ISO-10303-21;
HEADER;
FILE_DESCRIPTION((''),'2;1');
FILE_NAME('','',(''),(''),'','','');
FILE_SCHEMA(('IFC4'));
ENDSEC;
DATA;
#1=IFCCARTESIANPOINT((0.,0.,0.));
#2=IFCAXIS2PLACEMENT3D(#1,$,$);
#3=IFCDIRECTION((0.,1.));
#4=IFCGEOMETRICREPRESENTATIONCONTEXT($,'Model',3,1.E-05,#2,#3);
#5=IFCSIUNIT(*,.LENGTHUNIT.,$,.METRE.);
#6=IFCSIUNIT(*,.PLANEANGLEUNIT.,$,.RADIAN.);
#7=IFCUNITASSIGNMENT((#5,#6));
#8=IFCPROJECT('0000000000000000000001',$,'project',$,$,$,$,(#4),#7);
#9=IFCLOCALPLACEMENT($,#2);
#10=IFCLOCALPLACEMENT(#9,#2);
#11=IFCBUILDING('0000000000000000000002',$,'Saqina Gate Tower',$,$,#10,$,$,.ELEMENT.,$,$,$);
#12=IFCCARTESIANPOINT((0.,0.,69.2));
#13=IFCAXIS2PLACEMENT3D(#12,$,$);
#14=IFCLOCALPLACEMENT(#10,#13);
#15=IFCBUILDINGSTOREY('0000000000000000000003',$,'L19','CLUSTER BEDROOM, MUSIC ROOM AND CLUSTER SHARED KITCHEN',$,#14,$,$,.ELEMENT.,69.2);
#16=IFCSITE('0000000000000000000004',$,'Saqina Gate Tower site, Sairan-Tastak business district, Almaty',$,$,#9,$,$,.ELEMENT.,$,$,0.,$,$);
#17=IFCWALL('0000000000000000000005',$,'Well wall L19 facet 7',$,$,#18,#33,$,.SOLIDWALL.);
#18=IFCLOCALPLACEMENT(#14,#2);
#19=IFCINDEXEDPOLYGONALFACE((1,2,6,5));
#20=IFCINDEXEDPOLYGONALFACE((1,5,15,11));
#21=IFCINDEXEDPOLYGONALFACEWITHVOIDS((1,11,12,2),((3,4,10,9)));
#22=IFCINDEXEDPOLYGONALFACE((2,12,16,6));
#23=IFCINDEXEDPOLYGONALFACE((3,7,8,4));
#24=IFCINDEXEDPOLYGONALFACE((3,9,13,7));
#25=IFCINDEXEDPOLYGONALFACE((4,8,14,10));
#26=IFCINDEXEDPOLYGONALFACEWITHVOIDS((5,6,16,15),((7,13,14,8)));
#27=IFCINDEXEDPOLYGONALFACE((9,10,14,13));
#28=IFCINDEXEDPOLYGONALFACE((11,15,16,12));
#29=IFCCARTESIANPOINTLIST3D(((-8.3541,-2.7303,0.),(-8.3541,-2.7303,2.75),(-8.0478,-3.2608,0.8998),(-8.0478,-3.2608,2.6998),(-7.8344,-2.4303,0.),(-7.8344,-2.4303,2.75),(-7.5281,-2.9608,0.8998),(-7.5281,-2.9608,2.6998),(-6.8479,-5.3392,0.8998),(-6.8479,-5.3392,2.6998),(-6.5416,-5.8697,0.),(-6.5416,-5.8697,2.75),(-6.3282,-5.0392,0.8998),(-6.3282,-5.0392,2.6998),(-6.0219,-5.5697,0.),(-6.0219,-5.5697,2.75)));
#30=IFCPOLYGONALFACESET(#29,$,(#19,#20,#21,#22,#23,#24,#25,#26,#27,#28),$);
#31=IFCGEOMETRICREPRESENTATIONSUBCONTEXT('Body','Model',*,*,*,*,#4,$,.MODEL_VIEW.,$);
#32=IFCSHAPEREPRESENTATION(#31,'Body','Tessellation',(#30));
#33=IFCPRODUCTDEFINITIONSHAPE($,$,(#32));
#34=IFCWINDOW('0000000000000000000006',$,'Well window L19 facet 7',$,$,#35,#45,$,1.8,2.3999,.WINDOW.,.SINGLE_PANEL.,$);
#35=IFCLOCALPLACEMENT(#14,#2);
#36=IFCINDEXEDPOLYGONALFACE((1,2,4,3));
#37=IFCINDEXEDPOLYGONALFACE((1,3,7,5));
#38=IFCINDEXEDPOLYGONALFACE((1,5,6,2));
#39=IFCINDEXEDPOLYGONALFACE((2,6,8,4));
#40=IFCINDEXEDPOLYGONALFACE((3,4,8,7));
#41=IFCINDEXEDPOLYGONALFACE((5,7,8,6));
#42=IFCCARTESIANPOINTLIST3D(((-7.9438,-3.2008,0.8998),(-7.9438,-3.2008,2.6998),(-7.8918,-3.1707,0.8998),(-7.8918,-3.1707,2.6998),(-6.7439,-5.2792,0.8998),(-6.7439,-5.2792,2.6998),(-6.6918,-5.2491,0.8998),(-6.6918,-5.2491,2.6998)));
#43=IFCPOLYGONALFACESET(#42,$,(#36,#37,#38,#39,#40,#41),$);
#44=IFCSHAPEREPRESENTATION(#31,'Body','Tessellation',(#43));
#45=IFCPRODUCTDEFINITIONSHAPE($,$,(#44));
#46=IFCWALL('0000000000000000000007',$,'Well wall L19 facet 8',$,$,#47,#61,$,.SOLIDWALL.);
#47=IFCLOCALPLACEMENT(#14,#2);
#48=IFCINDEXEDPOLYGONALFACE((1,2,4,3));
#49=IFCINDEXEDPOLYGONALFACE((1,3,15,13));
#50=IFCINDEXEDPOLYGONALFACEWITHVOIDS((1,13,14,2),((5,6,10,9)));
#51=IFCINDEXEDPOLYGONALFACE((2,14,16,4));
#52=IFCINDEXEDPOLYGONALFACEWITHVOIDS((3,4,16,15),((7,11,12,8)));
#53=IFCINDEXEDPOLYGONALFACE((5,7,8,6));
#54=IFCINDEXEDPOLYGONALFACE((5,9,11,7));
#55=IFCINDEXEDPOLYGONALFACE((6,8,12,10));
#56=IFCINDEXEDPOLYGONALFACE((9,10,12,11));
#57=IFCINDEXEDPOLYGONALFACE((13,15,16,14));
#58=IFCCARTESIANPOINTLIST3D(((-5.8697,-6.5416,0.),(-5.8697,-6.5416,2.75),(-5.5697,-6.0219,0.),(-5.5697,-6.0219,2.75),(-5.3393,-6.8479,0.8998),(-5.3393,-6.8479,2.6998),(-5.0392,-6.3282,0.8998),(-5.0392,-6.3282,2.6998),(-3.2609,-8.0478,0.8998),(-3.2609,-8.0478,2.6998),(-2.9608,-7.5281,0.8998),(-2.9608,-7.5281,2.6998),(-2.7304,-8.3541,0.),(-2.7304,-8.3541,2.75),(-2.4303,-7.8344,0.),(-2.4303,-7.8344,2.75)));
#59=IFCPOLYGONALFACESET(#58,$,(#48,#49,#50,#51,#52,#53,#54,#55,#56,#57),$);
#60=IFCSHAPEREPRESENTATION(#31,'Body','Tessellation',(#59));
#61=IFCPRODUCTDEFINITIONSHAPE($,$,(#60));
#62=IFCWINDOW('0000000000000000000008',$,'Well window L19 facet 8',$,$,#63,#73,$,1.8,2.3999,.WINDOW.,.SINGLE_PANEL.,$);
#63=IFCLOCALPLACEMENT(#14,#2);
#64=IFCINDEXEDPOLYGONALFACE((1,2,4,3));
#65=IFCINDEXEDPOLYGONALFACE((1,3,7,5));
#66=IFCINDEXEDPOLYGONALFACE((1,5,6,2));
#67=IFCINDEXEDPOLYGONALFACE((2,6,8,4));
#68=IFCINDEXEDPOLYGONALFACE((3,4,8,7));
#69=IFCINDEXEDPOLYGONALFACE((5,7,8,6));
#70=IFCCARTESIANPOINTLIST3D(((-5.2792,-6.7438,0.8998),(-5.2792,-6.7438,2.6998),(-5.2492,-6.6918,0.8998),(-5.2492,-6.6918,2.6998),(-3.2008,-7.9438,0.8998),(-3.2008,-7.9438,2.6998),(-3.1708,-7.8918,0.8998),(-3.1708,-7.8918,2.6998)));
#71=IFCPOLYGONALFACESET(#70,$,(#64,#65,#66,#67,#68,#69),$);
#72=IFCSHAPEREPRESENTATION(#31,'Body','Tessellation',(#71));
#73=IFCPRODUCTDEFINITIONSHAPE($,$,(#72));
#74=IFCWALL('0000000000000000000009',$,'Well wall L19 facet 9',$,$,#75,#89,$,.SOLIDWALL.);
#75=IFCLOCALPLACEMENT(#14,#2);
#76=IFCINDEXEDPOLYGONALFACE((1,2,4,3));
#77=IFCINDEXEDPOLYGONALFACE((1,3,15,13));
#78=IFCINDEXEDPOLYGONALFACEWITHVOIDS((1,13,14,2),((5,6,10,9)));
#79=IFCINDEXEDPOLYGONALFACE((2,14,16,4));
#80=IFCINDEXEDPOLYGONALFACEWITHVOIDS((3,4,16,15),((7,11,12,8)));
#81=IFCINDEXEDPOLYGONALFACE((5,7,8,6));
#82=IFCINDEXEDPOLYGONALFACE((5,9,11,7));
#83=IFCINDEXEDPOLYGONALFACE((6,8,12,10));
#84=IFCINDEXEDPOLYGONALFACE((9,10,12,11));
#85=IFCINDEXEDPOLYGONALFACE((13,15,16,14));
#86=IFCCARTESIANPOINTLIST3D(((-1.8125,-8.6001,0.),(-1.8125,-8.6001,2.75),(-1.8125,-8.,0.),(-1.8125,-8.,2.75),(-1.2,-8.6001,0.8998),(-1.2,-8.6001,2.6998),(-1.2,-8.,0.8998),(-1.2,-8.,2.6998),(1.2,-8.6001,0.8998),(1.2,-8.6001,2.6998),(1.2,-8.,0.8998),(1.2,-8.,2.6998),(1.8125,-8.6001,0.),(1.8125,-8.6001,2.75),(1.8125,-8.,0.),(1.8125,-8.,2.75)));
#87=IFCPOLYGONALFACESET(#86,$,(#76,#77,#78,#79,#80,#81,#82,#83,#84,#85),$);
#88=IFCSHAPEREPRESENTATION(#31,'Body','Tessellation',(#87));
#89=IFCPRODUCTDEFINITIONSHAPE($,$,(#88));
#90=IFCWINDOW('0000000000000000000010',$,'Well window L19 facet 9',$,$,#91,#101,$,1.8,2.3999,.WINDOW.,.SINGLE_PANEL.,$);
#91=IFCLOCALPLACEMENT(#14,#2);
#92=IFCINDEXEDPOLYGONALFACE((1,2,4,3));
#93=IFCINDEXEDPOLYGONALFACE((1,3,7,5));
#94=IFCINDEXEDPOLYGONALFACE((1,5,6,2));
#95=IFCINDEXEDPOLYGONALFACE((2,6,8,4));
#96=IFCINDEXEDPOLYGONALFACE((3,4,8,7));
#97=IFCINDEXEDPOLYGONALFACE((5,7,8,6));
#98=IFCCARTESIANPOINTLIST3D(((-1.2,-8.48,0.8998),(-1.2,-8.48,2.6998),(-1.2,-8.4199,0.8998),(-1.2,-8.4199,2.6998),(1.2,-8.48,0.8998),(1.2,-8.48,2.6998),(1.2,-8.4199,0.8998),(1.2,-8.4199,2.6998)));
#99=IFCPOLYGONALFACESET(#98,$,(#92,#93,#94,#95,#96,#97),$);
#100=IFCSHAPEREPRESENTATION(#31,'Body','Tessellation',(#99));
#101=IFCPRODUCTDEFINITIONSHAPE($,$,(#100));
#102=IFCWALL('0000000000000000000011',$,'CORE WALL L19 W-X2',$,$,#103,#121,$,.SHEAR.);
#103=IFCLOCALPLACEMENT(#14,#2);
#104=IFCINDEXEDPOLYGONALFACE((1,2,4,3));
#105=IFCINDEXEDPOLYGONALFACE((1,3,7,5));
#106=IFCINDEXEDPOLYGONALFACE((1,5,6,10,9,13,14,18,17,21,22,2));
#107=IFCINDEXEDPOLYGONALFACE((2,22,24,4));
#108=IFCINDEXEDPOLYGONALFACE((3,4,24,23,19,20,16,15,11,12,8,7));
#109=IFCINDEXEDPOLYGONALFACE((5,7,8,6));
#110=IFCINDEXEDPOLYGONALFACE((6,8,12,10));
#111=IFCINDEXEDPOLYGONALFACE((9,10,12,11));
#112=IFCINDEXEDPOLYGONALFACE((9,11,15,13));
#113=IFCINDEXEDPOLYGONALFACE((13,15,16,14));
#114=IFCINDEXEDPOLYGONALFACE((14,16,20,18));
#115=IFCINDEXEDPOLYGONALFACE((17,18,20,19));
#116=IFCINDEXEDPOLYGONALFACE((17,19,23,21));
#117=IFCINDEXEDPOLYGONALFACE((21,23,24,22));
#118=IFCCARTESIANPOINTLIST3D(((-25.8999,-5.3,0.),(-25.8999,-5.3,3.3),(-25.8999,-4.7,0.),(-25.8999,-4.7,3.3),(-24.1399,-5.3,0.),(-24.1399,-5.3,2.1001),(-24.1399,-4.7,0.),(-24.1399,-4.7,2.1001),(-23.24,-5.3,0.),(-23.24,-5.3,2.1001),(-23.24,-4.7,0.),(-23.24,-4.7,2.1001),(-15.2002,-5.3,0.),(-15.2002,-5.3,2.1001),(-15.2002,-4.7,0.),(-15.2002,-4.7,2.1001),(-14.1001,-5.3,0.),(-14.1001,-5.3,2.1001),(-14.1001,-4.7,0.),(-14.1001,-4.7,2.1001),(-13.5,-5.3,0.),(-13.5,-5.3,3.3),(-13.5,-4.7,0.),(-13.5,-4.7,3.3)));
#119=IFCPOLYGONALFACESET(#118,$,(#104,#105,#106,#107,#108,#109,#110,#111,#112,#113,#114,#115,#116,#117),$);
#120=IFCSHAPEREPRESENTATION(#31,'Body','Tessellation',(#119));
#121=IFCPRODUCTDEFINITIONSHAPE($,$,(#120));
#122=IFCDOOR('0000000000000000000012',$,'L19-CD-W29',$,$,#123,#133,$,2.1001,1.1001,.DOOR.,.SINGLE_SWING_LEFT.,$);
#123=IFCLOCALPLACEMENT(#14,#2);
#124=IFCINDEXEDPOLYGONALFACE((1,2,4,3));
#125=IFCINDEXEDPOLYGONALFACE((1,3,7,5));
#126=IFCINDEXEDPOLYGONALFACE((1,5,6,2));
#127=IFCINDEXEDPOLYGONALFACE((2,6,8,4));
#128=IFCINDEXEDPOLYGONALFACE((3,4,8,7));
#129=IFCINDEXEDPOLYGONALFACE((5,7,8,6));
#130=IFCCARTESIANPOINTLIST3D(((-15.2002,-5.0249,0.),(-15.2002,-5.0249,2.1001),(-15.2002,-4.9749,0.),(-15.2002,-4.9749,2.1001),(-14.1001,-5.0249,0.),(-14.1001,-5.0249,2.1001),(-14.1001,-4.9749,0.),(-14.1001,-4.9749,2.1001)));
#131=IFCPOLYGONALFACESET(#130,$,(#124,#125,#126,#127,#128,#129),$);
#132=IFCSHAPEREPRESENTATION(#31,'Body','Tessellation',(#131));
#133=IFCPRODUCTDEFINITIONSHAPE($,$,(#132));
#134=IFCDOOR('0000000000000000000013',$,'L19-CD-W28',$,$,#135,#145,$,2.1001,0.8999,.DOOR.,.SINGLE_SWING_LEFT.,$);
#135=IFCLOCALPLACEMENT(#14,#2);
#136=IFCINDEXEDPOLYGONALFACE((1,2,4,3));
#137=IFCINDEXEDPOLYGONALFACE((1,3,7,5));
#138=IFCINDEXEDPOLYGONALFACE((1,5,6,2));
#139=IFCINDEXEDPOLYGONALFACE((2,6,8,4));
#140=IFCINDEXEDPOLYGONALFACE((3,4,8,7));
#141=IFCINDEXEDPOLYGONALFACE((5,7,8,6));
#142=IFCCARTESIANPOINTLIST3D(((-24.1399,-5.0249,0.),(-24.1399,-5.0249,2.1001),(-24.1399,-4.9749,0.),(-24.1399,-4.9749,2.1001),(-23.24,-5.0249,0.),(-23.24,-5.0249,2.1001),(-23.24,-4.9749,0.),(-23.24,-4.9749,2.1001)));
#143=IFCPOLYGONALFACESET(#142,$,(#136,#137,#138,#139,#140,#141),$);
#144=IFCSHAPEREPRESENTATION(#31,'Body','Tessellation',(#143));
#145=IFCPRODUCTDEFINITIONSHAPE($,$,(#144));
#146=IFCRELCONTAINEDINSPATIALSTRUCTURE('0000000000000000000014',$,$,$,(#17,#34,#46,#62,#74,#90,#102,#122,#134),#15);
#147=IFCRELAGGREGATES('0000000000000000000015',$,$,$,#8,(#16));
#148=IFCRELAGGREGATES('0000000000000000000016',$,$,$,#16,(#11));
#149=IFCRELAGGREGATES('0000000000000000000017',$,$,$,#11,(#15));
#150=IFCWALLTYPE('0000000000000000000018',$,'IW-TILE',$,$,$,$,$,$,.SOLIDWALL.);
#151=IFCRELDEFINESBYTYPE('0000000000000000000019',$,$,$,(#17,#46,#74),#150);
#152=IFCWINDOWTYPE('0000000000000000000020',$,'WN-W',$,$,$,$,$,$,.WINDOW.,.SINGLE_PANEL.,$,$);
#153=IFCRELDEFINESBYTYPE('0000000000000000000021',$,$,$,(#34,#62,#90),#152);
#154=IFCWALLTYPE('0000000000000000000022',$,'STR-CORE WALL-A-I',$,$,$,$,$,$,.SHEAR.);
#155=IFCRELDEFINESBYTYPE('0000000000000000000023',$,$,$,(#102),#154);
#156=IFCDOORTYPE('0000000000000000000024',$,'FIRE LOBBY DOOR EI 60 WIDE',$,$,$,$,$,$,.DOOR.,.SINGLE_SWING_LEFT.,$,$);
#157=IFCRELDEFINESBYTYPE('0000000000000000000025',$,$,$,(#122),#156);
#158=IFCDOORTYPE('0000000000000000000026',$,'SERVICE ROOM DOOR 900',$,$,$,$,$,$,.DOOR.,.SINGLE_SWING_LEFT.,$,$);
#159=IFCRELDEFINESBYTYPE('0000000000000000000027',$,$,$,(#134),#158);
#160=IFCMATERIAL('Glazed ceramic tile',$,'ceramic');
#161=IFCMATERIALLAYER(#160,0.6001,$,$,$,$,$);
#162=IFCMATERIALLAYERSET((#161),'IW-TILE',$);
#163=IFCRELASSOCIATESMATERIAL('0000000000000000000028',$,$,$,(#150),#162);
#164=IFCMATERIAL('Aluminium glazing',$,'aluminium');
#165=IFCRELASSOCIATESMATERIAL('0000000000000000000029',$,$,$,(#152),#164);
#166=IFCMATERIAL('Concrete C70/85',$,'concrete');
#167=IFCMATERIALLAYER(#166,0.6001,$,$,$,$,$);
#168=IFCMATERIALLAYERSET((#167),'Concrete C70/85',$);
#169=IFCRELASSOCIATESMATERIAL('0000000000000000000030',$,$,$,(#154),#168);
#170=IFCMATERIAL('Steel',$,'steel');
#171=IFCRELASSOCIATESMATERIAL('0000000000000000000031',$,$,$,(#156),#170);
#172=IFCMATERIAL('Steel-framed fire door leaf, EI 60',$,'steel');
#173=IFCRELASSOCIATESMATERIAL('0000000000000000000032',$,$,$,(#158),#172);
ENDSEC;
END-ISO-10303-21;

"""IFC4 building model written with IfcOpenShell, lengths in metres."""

from ifc_helpers import new_model, si_unit, direction, frame, frame_2d, origin, place, context, subcontext, project, spatial, rectangle, extrude, material, layer, layer_set, type_object, element, fill, save


model = new_model("IFC4")

# Units and contexts
model_context = context("Model", 3, precision=1e-05, world=origin(), true_north=direction((0.0, 1.0)))
body_context = subcontext(model_context, "Body", "Model", "MODEL_VIEW")
ifc_project = project(units=[si_unit("LENGTHUNIT", "METRE"), si_unit("PLANEANGLEUNIT", "RADIAN")], contexts=[model_context])

# Site, building, storey
site_placement = place(None, origin())
site = spatial("IfcSite", under=ifc_project, at=site_placement, Name="Saqina Gate Tower site, Sairan-Tastak business district, Almaty", CompositionType="ELEMENT", RefElevation=0.0)
building_placement = place(site_placement, origin())
building = spatial("IfcBuilding", under=site, at=building_placement, Name="Saqina Gate Tower", CompositionType="ELEMENT")
storey_placement = place(building_placement, frame((0.0, 0.0, 69.2)))
storey = spatial("IfcBuildingStorey", under=building, at=storey_placement, Name="L19", Description="CLUSTER BEDROOM, MUSIC ROOM AND CLUSTER SHARED KITCHEN", CompositionType="ELEMENT", Elevation=69.2)

# Walls, openings, windows
ifc_material_1 = material(Name="Glazed ceramic tile", Category="ceramic")
ifc_layer_1 = layer(ifc_material_1, 0.6001)
ifc_layer_set_1 = layer_set([ifc_layer_1], Name="IW-TILE")
wall_type_1 = type_object("IfcWallType", Name="IW-TILE", PredefinedType="SOLIDWALL", material=ifc_layer_set_1)
wall_1_placement = place(storey_placement, frame((-8.0942, -2.5803, 0.0), z_axis=(0.0, 0.0, 1.0), x_axis=(0.499993, -0.86603, 0.0)))
wall_1 = element("IfcWall", 1, at=wall_1_placement, inside=storey, type_object=wall_type_1, Name="Well wall L19 facet 7", PredefinedType="SOLIDWALL", context=body_context, shape_type="SweptSolid", body=[
    extrude(rectangle(XDim=3.625, YDim=0.6001, at=frame_2d((1.8125, 0.0))), origin(), (0.0, 0.0, 1.0), 2.75),
])
opening_1_placement = place(wall_1_placement, frame((0.6125, 0.0, 0.8999)))
opening_1 = element("IfcOpeningElement", 2, at=opening_1_placement, cuts=wall_1, PredefinedType="OPENING", context=body_context, shape_type="SweptSolid", body=[
    extrude(rectangle(XDim=2.3999, YDim=1.8, at=frame_2d((1.2, 0.8999))), frame((0.0, 0.312, 0.0), z_axis=(0.0, -1.0, 0.0), x_axis=(1.0, 0.0, 0.0)), (0.0, 0.0, 1.0), 0.624),
])
ifc_material_2 = material(Name="Aluminium glazing", Category="aluminium")
window_type = type_object("IfcWindowType", Name="WN-W", PartitioningType="SINGLE_PANEL", PredefinedType="WINDOW", material=ifc_material_2)
window_1_placement = place(opening_1_placement, origin())
window_1 = element("IfcWindow", 3, at=window_1_placement, inside=storey, type_object=window_type, Name="Well window L19 facet 7", OverallHeight=1.8, OverallWidth=2.3999, PartitioningType="SINGLE_PANEL", PredefinedType="WINDOW", context=body_context, shape_type="SweptSolid", body=[
    extrude(rectangle(XDim=2.3999, YDim=1.8, at=frame_2d((1.2, 0.8999))), frame((0.0, -0.1199, 0.0), z_axis=(0.0, -1.0, 0.0), x_axis=(1.0, 0.0, 0.0)), (0.0, 0.0, 1.0), 0.0601),
])
fill(opening_1, window_1)
wall_2_placement = place(storey_placement, frame((-5.7197, -6.2817, 0.0), z_axis=(0.0, 0.0, 1.0), x_axis=(0.86603, -0.499993, 0.0)))
wall_2 = element("IfcWall", 4, at=wall_2_placement, inside=storey, type_object=wall_type_1, Name="Well wall L19 facet 8", PredefinedType="SOLIDWALL", context=body_context, shape_type="SweptSolid", body=[
    extrude(rectangle(XDim=3.625, YDim=0.6001, at=frame_2d((1.8125, 0.0))), origin(), (0.0, 0.0, 1.0), 2.75),
])
opening_2_placement = place(wall_2_placement, frame((0.6125, 0.0, 0.8999)))
opening_2 = element("IfcOpeningElement", 5, at=opening_2_placement, cuts=wall_2, PredefinedType="OPENING", context=body_context, shape_type="SweptSolid", body=[
    extrude(rectangle(XDim=2.3999, YDim=1.8, at=frame_2d((1.2, 0.8999))), frame((0.0, 0.312, 0.0), z_axis=(0.0, -1.0, 0.0), x_axis=(1.0, 0.0, 0.0)), (0.0, 0.0, 1.0), 0.624),
])
window_2_placement = place(opening_2_placement, origin())
window_2 = element("IfcWindow", 6, at=window_2_placement, inside=storey, type_object=window_type, Name="Well window L19 facet 8", OverallHeight=1.8, OverallWidth=2.3999, PartitioningType="SINGLE_PANEL", PredefinedType="WINDOW", context=body_context, shape_type="SweptSolid", body=[
    extrude(rectangle(XDim=2.3999, YDim=1.8, at=frame_2d((1.2, 0.8999))), frame((0.0, -0.1199, 0.0), z_axis=(0.0, -1.0, 0.0), x_axis=(1.0, 0.0, 0.0)), (0.0, 0.0, 1.0), 0.0601),
])
fill(opening_2, window_2)
wall_3_placement = place(storey_placement, frame((-1.8125, -8.3, 0.0), z_axis=(0.0, 0.0, 1.0), x_axis=(1.0, 0.0, 0.0)))
wall_3 = element("IfcWall", 7, at=wall_3_placement, inside=storey, type_object=wall_type_1, Name="Well wall L19 facet 9", PredefinedType="SOLIDWALL", context=body_context, shape_type="SweptSolid", body=[
    extrude(rectangle(XDim=3.625, YDim=0.6001, at=frame_2d((1.8125, 0.0))), origin(), (0.0, 0.0, 1.0), 2.75),
])
opening_3_placement = place(wall_3_placement, frame((0.6125, 0.0, 0.8999)))
opening_3 = element("IfcOpeningElement", 8, at=opening_3_placement, cuts=wall_3, PredefinedType="OPENING", context=body_context, shape_type="SweptSolid", body=[
    extrude(rectangle(XDim=2.3999, YDim=1.8, at=frame_2d((1.2, 0.8999))), frame((0.0, 0.312, 0.0), z_axis=(0.0, -1.0, 0.0), x_axis=(1.0, 0.0, 0.0)), (0.0, 0.0, 1.0), 0.624),
])
window_3_placement = place(opening_3_placement, origin())
window_3 = element("IfcWindow", 9, at=window_3_placement, inside=storey, type_object=window_type, Name="Well window L19 facet 9", OverallHeight=1.8, OverallWidth=2.3999, PartitioningType="SINGLE_PANEL", PredefinedType="WINDOW", context=body_context, shape_type="SweptSolid", body=[
    extrude(rectangle(XDim=2.3999, YDim=1.8, at=frame_2d((1.2, 0.8999))), frame((0.0, -0.1199, 0.0), z_axis=(0.0, -1.0, 0.0), x_axis=(1.0, 0.0, 0.0)), (0.0, 0.0, 1.0), 0.0601),
])
fill(opening_3, window_3)

# Wall, openings, doors
ifc_material_3 = material(Name="Concrete C70/85", Category="concrete")
ifc_layer_2 = layer(ifc_material_3, 0.6001)
ifc_layer_set_2 = layer_set([ifc_layer_2], Name="Concrete C70/85")
wall_type_2 = type_object("IfcWallType", Name="STR-CORE WALL-A-I", PredefinedType="SHEAR", material=ifc_layer_set_2)
wall_4_placement = place(storey_placement, frame((-13.5, -5.0, 0.0), z_axis=(0.0, 0.0, 1.0), x_axis=(-1.0, 0.0, 0.0)))
wall_4 = element("IfcWall", 10, at=wall_4_placement, inside=storey, type_object=wall_type_2, Name="CORE WALL L19 W-X2", PredefinedType="SHEAR", context=body_context, shape_type="SweptSolid", body=[
    extrude(rectangle(XDim=12.3999, YDim=0.6001, at=frame_2d((6.2, 0.0))), origin(), (0.0, 0.0, 1.0), 3.3),
])
opening_4_placement = place(wall_4_placement, frame((9.74, 0.0, 0.0)))
opening_4 = element("IfcOpeningElement", 11, at=opening_4_placement, cuts=wall_4, PredefinedType="OPENING", context=body_context, shape_type="SweptSolid", body=[
    extrude(rectangle(XDim=0.8999, YDim=2.1001, at=frame_2d((0.45, 1.05))), frame((0.0, 0.312, 0.0), z_axis=(0.0, -1.0, 0.0), x_axis=(1.0, 0.0, 0.0)), (0.0, 0.0, 1.0), 0.624),
])
opening_5_placement = place(wall_4_placement, frame((0.6001, 0.0, 0.0)))
opening_5 = element("IfcOpeningElement", 12, at=opening_5_placement, cuts=wall_4, PredefinedType="OPENING", context=body_context, shape_type="SweptSolid", body=[
    extrude(rectangle(XDim=1.1001, YDim=2.1001, at=frame_2d((0.55, 1.05))), frame((0.0, 0.312, 0.0), z_axis=(0.0, -1.0, 0.0), x_axis=(1.0, 0.0, 0.0)), (0.0, 0.0, 1.0), 0.624),
])
ifc_material_4 = material(Name="Steel", Category="steel")
door_type_1 = type_object("IfcDoorType", Name="FIRE LOBBY DOOR EI 60 WIDE", OperationType="SINGLE_SWING_LEFT", PredefinedType="DOOR", material=ifc_material_4)
door_1_placement = place(opening_5_placement, origin())
door_1 = element("IfcDoor", 13, at=door_1_placement, inside=storey, type_object=door_type_1, Name="L19-CD-W29", OperationType="SINGLE_SWING_LEFT", OverallHeight=2.1001, OverallWidth=1.1001, PredefinedType="DOOR", context=body_context, shape_type="SweptSolid", body=[
    extrude(rectangle(XDim=1.1001, YDim=2.1001, at=frame_2d((0.55, 1.05))), frame((0.0, 0.0249, 0.0), z_axis=(0.0, -1.0, 0.0), x_axis=(1.0, 0.0, 0.0)), (0.0, 0.0, 1.0), 0.05),
])
fill(opening_5, door_1)
ifc_material_5 = material(Name="Steel-framed fire door leaf, EI 60", Category="steel")
door_type_2 = type_object("IfcDoorType", Name="SERVICE ROOM DOOR 900", OperationType="SINGLE_SWING_LEFT", PredefinedType="DOOR", material=ifc_material_5)
door_2_placement = place(opening_4_placement, origin())
door_2 = element("IfcDoor", 14, at=door_2_placement, inside=storey, type_object=door_type_2, Name="L19-CD-W28", OperationType="SINGLE_SWING_LEFT", OverallHeight=2.1001, OverallWidth=0.8999, PredefinedType="DOOR", context=body_context, shape_type="SweptSolid", body=[
    extrude(rectangle(XDim=0.8999, YDim=2.1001, at=frame_2d((0.45, 1.05))), frame((0.0, 0.0249, 0.0), z_axis=(0.0, -1.0, 0.0), x_axis=(1.0, 0.0, 0.0)), (0.0, 0.0, 1.0), 0.05),
])
fill(opening_4, door_2)

save(model, "model.ifc")
